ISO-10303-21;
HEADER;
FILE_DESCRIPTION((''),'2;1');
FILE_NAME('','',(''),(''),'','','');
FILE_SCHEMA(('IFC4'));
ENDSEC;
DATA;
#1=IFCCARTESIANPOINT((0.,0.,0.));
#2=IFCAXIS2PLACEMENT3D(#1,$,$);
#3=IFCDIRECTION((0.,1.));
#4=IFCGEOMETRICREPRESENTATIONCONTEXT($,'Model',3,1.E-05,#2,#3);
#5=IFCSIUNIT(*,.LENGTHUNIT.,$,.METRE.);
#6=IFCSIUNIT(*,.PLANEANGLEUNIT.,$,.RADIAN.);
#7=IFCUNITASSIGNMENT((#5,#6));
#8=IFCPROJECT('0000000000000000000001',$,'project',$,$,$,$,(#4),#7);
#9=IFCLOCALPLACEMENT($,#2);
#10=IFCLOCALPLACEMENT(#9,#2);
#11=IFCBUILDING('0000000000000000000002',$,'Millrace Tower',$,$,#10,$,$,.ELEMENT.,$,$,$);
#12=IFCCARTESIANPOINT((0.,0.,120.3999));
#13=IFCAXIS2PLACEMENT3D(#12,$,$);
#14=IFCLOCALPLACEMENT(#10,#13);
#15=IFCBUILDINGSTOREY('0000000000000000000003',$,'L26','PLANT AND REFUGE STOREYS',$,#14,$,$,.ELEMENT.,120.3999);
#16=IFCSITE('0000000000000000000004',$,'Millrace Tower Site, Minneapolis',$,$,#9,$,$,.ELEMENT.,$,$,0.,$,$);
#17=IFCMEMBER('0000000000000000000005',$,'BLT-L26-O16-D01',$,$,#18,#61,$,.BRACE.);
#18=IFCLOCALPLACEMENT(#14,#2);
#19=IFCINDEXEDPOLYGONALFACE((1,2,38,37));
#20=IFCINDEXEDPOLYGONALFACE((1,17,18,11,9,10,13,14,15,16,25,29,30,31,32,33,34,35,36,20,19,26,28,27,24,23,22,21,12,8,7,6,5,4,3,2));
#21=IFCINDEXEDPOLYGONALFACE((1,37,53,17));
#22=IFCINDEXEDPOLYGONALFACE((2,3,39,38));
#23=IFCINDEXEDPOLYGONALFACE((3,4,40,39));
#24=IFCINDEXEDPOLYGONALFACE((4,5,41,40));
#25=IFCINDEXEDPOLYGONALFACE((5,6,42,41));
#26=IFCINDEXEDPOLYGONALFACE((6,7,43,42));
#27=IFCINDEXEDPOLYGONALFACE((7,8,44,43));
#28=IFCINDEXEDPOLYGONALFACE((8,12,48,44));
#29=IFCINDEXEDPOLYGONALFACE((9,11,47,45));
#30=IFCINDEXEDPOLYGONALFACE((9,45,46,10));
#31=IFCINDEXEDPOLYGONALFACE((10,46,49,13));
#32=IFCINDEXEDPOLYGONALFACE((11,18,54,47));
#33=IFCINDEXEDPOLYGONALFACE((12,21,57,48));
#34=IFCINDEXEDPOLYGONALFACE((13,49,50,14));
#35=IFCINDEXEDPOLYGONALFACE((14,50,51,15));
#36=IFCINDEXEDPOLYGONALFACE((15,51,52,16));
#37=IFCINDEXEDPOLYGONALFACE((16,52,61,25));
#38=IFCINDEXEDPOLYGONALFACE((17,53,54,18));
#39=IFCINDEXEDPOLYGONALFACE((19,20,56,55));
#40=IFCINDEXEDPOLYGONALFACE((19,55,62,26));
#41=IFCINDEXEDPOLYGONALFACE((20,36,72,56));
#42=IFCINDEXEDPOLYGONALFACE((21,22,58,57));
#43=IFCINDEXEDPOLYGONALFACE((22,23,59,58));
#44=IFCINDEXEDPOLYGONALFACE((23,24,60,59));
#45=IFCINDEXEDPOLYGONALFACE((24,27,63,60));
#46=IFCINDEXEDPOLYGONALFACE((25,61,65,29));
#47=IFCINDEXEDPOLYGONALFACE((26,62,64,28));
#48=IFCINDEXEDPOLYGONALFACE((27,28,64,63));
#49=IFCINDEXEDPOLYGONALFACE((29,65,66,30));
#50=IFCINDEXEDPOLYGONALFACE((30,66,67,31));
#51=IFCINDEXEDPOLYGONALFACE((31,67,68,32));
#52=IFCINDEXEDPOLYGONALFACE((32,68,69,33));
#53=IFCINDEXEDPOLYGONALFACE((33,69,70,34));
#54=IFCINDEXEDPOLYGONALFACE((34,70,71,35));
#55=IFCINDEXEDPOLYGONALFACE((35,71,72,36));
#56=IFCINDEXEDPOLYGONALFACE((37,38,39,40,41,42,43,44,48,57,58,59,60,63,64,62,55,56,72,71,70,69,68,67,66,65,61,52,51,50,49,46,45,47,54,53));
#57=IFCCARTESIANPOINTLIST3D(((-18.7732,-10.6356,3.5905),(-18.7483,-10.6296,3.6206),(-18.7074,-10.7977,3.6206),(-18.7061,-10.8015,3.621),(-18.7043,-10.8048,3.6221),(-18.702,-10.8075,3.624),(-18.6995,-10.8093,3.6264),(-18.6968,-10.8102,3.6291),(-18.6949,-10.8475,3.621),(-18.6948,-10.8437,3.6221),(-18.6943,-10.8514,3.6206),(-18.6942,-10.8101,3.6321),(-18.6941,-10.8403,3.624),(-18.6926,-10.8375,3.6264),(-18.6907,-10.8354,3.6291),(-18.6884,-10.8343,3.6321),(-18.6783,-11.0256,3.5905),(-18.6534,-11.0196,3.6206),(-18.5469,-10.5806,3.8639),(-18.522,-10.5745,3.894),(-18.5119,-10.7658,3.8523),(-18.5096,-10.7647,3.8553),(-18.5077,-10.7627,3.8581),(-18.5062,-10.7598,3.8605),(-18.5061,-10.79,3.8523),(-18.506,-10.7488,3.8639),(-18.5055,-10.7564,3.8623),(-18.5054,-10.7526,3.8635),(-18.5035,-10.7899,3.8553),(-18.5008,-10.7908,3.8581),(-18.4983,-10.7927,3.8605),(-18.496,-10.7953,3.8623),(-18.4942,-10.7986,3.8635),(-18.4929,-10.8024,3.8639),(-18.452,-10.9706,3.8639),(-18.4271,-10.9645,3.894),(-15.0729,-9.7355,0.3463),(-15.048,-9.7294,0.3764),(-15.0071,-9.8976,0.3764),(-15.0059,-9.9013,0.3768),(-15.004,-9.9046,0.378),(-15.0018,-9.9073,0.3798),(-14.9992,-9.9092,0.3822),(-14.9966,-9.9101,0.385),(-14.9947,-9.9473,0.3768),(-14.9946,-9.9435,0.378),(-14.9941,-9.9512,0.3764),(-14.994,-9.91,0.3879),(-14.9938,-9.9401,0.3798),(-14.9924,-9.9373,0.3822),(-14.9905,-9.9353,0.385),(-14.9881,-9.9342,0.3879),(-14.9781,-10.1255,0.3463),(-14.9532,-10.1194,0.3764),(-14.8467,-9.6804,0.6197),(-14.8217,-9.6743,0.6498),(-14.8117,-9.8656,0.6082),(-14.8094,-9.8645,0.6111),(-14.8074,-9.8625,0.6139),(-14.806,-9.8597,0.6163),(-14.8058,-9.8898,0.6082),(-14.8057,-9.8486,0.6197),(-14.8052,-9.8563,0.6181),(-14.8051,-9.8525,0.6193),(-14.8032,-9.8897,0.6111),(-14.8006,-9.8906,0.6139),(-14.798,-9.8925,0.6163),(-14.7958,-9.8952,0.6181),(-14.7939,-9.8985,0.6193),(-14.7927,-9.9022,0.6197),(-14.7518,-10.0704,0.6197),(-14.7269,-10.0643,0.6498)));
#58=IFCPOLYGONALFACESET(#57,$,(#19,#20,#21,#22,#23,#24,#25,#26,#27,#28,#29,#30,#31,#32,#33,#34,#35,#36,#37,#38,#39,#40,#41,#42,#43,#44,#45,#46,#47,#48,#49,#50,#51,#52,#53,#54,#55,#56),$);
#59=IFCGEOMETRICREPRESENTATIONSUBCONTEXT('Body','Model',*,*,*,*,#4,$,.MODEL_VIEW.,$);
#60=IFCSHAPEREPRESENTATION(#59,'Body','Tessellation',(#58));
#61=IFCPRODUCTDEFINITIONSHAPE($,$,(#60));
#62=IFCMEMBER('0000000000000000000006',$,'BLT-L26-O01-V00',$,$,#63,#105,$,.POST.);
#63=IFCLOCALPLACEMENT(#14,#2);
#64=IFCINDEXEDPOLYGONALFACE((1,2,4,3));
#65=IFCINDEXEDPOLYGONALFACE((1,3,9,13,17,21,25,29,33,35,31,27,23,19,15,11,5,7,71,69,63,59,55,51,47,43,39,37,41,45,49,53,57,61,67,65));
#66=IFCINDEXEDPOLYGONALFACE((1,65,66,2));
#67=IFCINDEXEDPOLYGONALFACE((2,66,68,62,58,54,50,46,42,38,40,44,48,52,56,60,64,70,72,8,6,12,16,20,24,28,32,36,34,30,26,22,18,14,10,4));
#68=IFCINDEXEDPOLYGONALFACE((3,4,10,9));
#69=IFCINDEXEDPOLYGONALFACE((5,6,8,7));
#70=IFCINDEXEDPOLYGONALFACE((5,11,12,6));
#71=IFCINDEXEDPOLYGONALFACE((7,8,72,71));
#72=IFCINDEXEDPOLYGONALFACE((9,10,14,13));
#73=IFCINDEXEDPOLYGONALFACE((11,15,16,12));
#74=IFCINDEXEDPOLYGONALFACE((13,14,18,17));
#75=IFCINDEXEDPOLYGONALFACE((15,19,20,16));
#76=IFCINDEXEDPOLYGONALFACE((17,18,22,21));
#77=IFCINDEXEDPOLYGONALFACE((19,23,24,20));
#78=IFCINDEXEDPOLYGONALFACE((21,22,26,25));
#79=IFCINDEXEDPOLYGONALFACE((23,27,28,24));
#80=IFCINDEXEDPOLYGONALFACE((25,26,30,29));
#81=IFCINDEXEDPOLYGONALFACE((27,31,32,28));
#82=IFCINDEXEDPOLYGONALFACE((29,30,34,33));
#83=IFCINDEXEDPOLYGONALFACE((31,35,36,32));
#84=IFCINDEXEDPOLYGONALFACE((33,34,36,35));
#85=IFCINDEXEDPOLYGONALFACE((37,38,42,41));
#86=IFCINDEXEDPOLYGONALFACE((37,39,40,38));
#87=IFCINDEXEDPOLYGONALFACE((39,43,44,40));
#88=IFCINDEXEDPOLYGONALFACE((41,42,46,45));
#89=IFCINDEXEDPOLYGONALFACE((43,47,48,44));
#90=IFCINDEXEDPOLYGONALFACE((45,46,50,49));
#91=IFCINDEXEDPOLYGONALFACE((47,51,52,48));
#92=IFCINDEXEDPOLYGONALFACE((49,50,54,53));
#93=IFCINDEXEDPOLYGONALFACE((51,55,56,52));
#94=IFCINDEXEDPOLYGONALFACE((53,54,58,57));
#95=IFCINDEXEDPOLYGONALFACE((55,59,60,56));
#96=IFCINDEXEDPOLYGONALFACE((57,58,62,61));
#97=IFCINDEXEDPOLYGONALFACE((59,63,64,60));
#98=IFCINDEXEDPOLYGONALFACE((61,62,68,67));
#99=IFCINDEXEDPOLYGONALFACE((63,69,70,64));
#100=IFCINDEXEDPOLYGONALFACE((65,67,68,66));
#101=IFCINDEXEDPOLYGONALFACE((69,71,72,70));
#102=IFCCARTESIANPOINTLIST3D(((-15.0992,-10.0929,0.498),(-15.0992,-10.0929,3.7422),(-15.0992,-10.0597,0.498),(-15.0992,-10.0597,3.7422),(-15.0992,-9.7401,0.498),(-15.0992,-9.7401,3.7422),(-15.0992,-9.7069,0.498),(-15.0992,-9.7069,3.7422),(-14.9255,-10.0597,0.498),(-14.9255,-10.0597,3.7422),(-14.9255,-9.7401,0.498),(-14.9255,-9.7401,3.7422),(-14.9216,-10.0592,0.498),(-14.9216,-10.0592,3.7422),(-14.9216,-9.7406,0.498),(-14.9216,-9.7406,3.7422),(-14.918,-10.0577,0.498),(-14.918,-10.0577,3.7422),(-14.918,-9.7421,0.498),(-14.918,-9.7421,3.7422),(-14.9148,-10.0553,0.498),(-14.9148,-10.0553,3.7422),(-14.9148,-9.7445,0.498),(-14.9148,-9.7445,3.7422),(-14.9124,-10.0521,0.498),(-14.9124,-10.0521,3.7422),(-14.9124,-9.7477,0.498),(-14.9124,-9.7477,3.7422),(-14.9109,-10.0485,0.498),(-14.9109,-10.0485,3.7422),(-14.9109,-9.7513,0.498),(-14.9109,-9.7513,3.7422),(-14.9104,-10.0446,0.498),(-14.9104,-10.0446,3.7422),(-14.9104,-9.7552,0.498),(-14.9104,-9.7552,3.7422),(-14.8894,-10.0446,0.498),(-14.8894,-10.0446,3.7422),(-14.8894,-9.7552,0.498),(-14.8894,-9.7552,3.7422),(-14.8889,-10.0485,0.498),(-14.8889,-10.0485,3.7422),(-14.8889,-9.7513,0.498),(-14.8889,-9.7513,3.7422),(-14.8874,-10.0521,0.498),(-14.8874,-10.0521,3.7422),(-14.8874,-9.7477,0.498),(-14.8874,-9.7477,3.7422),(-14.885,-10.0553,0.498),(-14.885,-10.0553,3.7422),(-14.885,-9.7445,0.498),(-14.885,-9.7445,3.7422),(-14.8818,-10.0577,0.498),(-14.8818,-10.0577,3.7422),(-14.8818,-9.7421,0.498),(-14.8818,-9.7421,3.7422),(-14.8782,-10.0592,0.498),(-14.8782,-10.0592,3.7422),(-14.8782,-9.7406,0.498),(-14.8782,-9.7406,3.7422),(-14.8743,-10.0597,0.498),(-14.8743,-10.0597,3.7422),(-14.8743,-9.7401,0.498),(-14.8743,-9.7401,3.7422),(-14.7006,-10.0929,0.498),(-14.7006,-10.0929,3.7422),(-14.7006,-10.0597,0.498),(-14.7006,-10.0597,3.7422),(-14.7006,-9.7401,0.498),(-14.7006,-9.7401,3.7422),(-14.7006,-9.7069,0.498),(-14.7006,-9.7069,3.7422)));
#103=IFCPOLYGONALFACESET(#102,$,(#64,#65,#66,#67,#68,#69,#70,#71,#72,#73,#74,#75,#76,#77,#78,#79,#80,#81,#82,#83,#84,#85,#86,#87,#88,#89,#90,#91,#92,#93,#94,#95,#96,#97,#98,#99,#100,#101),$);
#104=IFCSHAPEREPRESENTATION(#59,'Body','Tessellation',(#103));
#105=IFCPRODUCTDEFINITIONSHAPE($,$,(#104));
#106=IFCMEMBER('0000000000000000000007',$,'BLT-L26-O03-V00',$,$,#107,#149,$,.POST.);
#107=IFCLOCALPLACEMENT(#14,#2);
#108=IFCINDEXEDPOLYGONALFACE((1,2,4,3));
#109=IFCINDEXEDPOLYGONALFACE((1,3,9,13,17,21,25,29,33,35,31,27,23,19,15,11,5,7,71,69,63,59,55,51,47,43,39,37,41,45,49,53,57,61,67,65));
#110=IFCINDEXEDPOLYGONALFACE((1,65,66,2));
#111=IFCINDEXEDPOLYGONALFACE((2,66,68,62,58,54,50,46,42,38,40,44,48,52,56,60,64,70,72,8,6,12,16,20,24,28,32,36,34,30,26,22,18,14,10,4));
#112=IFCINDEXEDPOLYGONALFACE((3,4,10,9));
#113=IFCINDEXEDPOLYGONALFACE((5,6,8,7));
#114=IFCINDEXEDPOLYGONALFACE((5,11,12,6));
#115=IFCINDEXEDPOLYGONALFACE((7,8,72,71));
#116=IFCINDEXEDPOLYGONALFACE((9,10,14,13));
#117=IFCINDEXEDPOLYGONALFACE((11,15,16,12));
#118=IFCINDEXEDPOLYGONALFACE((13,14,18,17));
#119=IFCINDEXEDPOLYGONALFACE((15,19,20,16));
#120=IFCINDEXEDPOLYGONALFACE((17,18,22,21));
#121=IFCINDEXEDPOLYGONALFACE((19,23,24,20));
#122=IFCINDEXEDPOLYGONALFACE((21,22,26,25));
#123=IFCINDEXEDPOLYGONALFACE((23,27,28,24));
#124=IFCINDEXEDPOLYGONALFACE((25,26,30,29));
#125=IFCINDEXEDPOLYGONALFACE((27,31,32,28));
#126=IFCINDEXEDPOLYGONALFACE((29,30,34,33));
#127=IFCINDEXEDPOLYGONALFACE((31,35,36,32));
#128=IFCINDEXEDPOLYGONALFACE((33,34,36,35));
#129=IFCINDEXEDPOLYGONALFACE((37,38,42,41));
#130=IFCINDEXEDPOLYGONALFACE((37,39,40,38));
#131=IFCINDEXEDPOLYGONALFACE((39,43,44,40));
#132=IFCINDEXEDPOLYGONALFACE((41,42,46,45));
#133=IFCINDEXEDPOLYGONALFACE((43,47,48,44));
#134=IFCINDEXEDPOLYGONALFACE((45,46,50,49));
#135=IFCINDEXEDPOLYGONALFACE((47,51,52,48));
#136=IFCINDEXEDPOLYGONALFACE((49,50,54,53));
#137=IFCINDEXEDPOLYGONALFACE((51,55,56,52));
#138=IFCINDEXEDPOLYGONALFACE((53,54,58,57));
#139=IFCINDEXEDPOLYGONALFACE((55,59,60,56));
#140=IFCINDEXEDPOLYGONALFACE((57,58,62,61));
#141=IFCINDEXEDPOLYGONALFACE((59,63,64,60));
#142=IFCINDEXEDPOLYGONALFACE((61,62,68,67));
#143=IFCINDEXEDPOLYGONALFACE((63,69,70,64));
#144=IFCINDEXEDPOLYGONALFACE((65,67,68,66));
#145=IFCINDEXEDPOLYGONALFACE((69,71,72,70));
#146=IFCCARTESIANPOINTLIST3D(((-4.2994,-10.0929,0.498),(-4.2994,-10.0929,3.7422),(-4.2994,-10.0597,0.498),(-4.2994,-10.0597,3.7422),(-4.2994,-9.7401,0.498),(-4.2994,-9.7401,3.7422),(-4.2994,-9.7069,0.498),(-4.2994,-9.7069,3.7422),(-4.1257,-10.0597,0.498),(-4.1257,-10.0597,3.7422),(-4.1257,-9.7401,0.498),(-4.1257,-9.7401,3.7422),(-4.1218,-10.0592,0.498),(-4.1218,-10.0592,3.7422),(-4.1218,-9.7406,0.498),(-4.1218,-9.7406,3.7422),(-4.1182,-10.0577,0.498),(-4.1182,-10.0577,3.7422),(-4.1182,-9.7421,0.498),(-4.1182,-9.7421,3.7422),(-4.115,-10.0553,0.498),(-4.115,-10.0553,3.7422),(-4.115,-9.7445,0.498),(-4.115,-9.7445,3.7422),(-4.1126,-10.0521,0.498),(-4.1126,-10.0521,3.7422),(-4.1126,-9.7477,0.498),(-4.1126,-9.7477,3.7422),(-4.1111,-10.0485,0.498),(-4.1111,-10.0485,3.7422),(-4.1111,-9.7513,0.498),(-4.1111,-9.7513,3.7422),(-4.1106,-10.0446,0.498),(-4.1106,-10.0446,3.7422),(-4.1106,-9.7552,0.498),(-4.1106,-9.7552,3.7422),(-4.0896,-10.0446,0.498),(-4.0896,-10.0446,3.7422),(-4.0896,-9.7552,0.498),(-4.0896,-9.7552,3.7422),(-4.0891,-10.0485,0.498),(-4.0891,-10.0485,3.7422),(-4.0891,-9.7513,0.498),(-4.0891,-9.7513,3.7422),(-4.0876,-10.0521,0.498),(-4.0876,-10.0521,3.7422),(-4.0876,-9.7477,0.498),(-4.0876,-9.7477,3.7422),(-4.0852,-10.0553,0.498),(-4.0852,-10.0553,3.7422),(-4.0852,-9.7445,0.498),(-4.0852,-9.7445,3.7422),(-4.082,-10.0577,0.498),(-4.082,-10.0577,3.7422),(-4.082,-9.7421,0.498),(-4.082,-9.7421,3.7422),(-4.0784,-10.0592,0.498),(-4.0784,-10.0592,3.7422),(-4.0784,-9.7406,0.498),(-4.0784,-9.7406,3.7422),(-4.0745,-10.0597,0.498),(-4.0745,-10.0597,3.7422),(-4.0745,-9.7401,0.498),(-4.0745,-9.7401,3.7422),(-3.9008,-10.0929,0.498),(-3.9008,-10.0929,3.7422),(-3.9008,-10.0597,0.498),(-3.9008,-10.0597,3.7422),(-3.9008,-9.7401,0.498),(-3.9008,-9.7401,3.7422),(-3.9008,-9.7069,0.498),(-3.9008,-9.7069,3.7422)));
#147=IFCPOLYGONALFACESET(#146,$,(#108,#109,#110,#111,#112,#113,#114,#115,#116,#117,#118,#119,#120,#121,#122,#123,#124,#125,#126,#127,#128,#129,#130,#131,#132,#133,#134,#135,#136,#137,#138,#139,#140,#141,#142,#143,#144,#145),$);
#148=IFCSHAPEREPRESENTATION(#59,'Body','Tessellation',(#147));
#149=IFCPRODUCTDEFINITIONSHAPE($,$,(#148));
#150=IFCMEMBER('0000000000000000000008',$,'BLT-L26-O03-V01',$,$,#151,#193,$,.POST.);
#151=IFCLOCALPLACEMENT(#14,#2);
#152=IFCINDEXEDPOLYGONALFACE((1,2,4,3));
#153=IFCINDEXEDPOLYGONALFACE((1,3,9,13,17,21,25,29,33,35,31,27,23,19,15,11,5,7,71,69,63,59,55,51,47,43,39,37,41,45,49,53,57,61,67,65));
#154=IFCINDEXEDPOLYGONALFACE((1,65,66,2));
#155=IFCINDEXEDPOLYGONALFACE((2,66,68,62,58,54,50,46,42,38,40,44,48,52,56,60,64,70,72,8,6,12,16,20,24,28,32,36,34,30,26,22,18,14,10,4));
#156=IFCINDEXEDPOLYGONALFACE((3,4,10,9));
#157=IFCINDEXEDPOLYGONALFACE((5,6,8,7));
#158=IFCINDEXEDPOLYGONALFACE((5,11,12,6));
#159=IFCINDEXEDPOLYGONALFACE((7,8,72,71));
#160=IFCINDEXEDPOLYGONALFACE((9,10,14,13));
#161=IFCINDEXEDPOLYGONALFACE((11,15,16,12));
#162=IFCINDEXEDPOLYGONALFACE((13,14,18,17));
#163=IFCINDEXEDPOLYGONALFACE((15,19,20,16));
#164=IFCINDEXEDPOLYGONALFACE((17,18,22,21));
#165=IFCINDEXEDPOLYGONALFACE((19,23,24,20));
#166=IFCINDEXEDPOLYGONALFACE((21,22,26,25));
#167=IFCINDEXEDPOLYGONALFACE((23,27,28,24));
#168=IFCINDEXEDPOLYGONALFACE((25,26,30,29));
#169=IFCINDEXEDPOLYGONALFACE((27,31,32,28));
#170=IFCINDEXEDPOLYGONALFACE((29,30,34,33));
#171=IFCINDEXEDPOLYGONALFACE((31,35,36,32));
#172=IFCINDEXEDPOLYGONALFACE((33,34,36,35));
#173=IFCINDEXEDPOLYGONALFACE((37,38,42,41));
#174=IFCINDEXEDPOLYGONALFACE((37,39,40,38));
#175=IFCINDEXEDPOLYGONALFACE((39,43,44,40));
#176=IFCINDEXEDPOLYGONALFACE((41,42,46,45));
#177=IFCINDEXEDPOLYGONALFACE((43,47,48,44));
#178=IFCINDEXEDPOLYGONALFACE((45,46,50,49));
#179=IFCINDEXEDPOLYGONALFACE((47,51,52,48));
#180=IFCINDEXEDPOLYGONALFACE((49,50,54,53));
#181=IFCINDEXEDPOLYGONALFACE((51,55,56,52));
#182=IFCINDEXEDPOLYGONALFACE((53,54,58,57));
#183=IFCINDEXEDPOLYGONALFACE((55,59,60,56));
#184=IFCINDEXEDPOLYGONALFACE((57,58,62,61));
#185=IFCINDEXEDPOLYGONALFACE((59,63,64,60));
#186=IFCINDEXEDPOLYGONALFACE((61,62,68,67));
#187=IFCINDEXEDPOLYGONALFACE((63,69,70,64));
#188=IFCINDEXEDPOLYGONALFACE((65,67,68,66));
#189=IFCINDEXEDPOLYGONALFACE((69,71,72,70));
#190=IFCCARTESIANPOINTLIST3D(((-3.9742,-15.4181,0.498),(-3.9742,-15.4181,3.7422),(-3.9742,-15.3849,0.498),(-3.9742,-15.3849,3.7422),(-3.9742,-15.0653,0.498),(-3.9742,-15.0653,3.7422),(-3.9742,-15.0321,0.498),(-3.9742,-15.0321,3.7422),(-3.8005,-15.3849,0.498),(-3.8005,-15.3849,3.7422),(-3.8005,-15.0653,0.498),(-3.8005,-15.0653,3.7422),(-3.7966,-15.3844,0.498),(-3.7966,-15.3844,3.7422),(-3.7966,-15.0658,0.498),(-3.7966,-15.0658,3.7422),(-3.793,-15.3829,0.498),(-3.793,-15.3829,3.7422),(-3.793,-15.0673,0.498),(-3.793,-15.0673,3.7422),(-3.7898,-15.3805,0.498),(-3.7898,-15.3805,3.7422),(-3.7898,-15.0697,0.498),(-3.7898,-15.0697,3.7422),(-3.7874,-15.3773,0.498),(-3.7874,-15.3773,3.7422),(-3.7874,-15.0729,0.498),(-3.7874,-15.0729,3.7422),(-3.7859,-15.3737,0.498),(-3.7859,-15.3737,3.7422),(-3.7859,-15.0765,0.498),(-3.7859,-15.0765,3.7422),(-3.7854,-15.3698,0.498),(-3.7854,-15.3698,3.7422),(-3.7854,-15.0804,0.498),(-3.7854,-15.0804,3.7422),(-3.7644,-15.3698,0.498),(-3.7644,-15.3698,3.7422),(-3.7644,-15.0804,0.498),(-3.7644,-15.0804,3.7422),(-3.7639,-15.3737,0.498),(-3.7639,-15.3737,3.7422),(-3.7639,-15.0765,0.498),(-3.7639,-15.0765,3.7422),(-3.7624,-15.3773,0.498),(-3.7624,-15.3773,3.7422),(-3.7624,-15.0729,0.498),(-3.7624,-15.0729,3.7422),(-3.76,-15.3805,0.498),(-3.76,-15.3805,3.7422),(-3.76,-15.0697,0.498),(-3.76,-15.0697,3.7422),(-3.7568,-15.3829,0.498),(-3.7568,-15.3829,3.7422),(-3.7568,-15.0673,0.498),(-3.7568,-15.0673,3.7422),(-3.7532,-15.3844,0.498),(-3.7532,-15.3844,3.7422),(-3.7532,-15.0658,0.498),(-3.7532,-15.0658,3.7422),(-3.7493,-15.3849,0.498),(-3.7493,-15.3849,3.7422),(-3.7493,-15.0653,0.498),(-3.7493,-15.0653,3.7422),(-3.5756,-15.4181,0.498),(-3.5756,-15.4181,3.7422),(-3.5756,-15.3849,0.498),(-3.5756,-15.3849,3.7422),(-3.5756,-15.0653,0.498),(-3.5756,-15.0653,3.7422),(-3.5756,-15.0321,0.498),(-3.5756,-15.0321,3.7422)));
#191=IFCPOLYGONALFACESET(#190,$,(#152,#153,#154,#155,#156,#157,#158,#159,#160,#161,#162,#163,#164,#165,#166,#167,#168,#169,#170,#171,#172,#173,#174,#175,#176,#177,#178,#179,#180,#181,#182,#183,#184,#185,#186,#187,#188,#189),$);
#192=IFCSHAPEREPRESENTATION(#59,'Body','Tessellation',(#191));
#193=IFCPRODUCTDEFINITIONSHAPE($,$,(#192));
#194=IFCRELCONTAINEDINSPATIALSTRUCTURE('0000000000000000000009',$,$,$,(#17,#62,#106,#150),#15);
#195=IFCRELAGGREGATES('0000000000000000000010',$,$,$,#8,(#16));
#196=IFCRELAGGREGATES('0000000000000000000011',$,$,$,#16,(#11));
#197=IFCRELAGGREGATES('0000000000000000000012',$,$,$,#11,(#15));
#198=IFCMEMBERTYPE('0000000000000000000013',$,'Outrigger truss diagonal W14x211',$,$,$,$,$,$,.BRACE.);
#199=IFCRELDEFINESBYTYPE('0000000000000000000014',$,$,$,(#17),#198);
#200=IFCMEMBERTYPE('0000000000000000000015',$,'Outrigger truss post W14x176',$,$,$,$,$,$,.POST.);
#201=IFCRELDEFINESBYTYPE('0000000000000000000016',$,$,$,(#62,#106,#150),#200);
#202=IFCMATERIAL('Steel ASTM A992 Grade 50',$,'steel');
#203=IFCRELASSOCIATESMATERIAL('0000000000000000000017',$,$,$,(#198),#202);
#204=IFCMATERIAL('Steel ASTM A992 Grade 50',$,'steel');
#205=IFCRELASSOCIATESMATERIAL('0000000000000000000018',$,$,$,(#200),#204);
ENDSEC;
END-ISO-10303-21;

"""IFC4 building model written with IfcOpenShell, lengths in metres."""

from ifc_helpers import new_model, si_unit, direction, frame, origin, origin_2d, place, context, subcontext, project, spatial, i_section, extrude, material, material_profile, profile_set, type_object, element, save


model = new_model("IFC4")

# Units and contexts
model_context = context("Model", 3, precision=1e-05, world=origin(), true_north=direction((0.0, 1.0)))
body_context = subcontext(model_context, "Body", "Model", "MODEL_VIEW")
ifc_project = project(units=[si_unit("LENGTHUNIT", "METRE"), si_unit("PLANEANGLEUNIT", "RADIAN")], contexts=[model_context])

# Site, building, storey
site_placement = place(None, origin())
site = spatial("IfcSite", under=ifc_project, at=site_placement, Name="Millrace Tower Site, Minneapolis", CompositionType="ELEMENT", RefElevation=0.0)
building_placement = place(site_placement, origin())
building = spatial("IfcBuilding", under=site, at=building_placement, Name="Millrace Tower", CompositionType="ELEMENT")
storey_placement = place(building_placement, frame((0.0, 0.0, 120.3999)))
storey = spatial("IfcBuildingStorey", under=building, at=storey_placement, Name="L26", Description="PLANT AND REFUGE STOREYS", CompositionType="ELEMENT", Elevation=120.3999)

# Members
ifc_material_1 = material(Name="Steel ASTM A992 Grade 50", Category="steel")
ifc_material_profile_1 = material_profile(ifc_material_1, i_section(OverallWidth=0.4014, OverallDepth=0.3987, WebThickness=0.0249, FlangeThickness=0.0396, FilletRadius=0.0151, at=origin_2d()))
ifc_profile_set_1 = profile_set([ifc_material_profile_1], Name="Steel ASTM A992 Grade 50")
member_type_1 = type_object("IfcMemberType", Name="Outrigger truss diagonal W14x211", PredefinedType="BRACE", material=ifc_profile_set_1)
member_1_placement = place(storey_placement, frame((-14.8999, -9.8999, 0.498), z_axis=(-0.739652, -0.179935, 0.648489), x_axis=(0.236376, -0.971662, 0.0)))
element("IfcMember", 1, at=member_1_placement, inside=storey, type_object=member_type_1, Name="BLT-L26-O16-D01", PredefinedType="BRACE", context=body_context, shape_type="SweptSolid", body=[
    extrude(i_section(OverallWidth=0.4014, OverallDepth=0.3987, WebThickness=0.0249, FlangeThickness=0.0396, FilletRadius=0.0151, at=origin_2d()), origin(), (0.0, 0.0, 1.0), 5.0027),
])
ifc_material_2 = material(Name="Steel ASTM A992 Grade 50", Category="steel")
ifc_material_profile_2 = material_profile(ifc_material_2, i_section(OverallWidth=0.3987, OverallDepth=0.386, WebThickness=0.021, FlangeThickness=0.0332, FilletRadius=0.0151, at=origin_2d()))
ifc_profile_set_2 = profile_set([ifc_material_profile_2], Name="Steel ASTM A992 Grade 50")
member_type_2 = type_object("IfcMemberType", Name="Outrigger truss post W14x176", PredefinedType="POST", material=ifc_profile_set_2)
for number, where, z_axis, x_axis, name in (
    (2, (-14.8999, -9.8999, 0.498), (0.0, 0.0, 1.0), (1.0, 0.0, 0.0), "BLT-L26-O01-V00"),
    (3, (-4.1001, -9.8999, 0.498), (0.0, 0.0, 1.0), (1.0, 0.0, 0.0), "BLT-L26-O03-V00"),
    (4, (-3.7749, -15.2251, 0.498), (0.0, 0.0, 1.0), (1.0, 0.0, 0.0), "BLT-L26-O03-V01"),
):
    element("IfcMember", number, at=place(storey_placement, frame(where, z_axis=z_axis, x_axis=x_axis)), inside=storey, type_object=member_type_2, Name=name, PredefinedType="POST", context=body_context, shape_type="SweptSolid", body=[
        extrude(i_section(OverallWidth=0.3987, OverallDepth=0.386, WebThickness=0.021, FlangeThickness=0.0332, FilletRadius=0.0151, at=origin_2d()), origin(), (0.0, 0.0, 1.0), 3.2441),
    ])

save(model, "model.ifc")
